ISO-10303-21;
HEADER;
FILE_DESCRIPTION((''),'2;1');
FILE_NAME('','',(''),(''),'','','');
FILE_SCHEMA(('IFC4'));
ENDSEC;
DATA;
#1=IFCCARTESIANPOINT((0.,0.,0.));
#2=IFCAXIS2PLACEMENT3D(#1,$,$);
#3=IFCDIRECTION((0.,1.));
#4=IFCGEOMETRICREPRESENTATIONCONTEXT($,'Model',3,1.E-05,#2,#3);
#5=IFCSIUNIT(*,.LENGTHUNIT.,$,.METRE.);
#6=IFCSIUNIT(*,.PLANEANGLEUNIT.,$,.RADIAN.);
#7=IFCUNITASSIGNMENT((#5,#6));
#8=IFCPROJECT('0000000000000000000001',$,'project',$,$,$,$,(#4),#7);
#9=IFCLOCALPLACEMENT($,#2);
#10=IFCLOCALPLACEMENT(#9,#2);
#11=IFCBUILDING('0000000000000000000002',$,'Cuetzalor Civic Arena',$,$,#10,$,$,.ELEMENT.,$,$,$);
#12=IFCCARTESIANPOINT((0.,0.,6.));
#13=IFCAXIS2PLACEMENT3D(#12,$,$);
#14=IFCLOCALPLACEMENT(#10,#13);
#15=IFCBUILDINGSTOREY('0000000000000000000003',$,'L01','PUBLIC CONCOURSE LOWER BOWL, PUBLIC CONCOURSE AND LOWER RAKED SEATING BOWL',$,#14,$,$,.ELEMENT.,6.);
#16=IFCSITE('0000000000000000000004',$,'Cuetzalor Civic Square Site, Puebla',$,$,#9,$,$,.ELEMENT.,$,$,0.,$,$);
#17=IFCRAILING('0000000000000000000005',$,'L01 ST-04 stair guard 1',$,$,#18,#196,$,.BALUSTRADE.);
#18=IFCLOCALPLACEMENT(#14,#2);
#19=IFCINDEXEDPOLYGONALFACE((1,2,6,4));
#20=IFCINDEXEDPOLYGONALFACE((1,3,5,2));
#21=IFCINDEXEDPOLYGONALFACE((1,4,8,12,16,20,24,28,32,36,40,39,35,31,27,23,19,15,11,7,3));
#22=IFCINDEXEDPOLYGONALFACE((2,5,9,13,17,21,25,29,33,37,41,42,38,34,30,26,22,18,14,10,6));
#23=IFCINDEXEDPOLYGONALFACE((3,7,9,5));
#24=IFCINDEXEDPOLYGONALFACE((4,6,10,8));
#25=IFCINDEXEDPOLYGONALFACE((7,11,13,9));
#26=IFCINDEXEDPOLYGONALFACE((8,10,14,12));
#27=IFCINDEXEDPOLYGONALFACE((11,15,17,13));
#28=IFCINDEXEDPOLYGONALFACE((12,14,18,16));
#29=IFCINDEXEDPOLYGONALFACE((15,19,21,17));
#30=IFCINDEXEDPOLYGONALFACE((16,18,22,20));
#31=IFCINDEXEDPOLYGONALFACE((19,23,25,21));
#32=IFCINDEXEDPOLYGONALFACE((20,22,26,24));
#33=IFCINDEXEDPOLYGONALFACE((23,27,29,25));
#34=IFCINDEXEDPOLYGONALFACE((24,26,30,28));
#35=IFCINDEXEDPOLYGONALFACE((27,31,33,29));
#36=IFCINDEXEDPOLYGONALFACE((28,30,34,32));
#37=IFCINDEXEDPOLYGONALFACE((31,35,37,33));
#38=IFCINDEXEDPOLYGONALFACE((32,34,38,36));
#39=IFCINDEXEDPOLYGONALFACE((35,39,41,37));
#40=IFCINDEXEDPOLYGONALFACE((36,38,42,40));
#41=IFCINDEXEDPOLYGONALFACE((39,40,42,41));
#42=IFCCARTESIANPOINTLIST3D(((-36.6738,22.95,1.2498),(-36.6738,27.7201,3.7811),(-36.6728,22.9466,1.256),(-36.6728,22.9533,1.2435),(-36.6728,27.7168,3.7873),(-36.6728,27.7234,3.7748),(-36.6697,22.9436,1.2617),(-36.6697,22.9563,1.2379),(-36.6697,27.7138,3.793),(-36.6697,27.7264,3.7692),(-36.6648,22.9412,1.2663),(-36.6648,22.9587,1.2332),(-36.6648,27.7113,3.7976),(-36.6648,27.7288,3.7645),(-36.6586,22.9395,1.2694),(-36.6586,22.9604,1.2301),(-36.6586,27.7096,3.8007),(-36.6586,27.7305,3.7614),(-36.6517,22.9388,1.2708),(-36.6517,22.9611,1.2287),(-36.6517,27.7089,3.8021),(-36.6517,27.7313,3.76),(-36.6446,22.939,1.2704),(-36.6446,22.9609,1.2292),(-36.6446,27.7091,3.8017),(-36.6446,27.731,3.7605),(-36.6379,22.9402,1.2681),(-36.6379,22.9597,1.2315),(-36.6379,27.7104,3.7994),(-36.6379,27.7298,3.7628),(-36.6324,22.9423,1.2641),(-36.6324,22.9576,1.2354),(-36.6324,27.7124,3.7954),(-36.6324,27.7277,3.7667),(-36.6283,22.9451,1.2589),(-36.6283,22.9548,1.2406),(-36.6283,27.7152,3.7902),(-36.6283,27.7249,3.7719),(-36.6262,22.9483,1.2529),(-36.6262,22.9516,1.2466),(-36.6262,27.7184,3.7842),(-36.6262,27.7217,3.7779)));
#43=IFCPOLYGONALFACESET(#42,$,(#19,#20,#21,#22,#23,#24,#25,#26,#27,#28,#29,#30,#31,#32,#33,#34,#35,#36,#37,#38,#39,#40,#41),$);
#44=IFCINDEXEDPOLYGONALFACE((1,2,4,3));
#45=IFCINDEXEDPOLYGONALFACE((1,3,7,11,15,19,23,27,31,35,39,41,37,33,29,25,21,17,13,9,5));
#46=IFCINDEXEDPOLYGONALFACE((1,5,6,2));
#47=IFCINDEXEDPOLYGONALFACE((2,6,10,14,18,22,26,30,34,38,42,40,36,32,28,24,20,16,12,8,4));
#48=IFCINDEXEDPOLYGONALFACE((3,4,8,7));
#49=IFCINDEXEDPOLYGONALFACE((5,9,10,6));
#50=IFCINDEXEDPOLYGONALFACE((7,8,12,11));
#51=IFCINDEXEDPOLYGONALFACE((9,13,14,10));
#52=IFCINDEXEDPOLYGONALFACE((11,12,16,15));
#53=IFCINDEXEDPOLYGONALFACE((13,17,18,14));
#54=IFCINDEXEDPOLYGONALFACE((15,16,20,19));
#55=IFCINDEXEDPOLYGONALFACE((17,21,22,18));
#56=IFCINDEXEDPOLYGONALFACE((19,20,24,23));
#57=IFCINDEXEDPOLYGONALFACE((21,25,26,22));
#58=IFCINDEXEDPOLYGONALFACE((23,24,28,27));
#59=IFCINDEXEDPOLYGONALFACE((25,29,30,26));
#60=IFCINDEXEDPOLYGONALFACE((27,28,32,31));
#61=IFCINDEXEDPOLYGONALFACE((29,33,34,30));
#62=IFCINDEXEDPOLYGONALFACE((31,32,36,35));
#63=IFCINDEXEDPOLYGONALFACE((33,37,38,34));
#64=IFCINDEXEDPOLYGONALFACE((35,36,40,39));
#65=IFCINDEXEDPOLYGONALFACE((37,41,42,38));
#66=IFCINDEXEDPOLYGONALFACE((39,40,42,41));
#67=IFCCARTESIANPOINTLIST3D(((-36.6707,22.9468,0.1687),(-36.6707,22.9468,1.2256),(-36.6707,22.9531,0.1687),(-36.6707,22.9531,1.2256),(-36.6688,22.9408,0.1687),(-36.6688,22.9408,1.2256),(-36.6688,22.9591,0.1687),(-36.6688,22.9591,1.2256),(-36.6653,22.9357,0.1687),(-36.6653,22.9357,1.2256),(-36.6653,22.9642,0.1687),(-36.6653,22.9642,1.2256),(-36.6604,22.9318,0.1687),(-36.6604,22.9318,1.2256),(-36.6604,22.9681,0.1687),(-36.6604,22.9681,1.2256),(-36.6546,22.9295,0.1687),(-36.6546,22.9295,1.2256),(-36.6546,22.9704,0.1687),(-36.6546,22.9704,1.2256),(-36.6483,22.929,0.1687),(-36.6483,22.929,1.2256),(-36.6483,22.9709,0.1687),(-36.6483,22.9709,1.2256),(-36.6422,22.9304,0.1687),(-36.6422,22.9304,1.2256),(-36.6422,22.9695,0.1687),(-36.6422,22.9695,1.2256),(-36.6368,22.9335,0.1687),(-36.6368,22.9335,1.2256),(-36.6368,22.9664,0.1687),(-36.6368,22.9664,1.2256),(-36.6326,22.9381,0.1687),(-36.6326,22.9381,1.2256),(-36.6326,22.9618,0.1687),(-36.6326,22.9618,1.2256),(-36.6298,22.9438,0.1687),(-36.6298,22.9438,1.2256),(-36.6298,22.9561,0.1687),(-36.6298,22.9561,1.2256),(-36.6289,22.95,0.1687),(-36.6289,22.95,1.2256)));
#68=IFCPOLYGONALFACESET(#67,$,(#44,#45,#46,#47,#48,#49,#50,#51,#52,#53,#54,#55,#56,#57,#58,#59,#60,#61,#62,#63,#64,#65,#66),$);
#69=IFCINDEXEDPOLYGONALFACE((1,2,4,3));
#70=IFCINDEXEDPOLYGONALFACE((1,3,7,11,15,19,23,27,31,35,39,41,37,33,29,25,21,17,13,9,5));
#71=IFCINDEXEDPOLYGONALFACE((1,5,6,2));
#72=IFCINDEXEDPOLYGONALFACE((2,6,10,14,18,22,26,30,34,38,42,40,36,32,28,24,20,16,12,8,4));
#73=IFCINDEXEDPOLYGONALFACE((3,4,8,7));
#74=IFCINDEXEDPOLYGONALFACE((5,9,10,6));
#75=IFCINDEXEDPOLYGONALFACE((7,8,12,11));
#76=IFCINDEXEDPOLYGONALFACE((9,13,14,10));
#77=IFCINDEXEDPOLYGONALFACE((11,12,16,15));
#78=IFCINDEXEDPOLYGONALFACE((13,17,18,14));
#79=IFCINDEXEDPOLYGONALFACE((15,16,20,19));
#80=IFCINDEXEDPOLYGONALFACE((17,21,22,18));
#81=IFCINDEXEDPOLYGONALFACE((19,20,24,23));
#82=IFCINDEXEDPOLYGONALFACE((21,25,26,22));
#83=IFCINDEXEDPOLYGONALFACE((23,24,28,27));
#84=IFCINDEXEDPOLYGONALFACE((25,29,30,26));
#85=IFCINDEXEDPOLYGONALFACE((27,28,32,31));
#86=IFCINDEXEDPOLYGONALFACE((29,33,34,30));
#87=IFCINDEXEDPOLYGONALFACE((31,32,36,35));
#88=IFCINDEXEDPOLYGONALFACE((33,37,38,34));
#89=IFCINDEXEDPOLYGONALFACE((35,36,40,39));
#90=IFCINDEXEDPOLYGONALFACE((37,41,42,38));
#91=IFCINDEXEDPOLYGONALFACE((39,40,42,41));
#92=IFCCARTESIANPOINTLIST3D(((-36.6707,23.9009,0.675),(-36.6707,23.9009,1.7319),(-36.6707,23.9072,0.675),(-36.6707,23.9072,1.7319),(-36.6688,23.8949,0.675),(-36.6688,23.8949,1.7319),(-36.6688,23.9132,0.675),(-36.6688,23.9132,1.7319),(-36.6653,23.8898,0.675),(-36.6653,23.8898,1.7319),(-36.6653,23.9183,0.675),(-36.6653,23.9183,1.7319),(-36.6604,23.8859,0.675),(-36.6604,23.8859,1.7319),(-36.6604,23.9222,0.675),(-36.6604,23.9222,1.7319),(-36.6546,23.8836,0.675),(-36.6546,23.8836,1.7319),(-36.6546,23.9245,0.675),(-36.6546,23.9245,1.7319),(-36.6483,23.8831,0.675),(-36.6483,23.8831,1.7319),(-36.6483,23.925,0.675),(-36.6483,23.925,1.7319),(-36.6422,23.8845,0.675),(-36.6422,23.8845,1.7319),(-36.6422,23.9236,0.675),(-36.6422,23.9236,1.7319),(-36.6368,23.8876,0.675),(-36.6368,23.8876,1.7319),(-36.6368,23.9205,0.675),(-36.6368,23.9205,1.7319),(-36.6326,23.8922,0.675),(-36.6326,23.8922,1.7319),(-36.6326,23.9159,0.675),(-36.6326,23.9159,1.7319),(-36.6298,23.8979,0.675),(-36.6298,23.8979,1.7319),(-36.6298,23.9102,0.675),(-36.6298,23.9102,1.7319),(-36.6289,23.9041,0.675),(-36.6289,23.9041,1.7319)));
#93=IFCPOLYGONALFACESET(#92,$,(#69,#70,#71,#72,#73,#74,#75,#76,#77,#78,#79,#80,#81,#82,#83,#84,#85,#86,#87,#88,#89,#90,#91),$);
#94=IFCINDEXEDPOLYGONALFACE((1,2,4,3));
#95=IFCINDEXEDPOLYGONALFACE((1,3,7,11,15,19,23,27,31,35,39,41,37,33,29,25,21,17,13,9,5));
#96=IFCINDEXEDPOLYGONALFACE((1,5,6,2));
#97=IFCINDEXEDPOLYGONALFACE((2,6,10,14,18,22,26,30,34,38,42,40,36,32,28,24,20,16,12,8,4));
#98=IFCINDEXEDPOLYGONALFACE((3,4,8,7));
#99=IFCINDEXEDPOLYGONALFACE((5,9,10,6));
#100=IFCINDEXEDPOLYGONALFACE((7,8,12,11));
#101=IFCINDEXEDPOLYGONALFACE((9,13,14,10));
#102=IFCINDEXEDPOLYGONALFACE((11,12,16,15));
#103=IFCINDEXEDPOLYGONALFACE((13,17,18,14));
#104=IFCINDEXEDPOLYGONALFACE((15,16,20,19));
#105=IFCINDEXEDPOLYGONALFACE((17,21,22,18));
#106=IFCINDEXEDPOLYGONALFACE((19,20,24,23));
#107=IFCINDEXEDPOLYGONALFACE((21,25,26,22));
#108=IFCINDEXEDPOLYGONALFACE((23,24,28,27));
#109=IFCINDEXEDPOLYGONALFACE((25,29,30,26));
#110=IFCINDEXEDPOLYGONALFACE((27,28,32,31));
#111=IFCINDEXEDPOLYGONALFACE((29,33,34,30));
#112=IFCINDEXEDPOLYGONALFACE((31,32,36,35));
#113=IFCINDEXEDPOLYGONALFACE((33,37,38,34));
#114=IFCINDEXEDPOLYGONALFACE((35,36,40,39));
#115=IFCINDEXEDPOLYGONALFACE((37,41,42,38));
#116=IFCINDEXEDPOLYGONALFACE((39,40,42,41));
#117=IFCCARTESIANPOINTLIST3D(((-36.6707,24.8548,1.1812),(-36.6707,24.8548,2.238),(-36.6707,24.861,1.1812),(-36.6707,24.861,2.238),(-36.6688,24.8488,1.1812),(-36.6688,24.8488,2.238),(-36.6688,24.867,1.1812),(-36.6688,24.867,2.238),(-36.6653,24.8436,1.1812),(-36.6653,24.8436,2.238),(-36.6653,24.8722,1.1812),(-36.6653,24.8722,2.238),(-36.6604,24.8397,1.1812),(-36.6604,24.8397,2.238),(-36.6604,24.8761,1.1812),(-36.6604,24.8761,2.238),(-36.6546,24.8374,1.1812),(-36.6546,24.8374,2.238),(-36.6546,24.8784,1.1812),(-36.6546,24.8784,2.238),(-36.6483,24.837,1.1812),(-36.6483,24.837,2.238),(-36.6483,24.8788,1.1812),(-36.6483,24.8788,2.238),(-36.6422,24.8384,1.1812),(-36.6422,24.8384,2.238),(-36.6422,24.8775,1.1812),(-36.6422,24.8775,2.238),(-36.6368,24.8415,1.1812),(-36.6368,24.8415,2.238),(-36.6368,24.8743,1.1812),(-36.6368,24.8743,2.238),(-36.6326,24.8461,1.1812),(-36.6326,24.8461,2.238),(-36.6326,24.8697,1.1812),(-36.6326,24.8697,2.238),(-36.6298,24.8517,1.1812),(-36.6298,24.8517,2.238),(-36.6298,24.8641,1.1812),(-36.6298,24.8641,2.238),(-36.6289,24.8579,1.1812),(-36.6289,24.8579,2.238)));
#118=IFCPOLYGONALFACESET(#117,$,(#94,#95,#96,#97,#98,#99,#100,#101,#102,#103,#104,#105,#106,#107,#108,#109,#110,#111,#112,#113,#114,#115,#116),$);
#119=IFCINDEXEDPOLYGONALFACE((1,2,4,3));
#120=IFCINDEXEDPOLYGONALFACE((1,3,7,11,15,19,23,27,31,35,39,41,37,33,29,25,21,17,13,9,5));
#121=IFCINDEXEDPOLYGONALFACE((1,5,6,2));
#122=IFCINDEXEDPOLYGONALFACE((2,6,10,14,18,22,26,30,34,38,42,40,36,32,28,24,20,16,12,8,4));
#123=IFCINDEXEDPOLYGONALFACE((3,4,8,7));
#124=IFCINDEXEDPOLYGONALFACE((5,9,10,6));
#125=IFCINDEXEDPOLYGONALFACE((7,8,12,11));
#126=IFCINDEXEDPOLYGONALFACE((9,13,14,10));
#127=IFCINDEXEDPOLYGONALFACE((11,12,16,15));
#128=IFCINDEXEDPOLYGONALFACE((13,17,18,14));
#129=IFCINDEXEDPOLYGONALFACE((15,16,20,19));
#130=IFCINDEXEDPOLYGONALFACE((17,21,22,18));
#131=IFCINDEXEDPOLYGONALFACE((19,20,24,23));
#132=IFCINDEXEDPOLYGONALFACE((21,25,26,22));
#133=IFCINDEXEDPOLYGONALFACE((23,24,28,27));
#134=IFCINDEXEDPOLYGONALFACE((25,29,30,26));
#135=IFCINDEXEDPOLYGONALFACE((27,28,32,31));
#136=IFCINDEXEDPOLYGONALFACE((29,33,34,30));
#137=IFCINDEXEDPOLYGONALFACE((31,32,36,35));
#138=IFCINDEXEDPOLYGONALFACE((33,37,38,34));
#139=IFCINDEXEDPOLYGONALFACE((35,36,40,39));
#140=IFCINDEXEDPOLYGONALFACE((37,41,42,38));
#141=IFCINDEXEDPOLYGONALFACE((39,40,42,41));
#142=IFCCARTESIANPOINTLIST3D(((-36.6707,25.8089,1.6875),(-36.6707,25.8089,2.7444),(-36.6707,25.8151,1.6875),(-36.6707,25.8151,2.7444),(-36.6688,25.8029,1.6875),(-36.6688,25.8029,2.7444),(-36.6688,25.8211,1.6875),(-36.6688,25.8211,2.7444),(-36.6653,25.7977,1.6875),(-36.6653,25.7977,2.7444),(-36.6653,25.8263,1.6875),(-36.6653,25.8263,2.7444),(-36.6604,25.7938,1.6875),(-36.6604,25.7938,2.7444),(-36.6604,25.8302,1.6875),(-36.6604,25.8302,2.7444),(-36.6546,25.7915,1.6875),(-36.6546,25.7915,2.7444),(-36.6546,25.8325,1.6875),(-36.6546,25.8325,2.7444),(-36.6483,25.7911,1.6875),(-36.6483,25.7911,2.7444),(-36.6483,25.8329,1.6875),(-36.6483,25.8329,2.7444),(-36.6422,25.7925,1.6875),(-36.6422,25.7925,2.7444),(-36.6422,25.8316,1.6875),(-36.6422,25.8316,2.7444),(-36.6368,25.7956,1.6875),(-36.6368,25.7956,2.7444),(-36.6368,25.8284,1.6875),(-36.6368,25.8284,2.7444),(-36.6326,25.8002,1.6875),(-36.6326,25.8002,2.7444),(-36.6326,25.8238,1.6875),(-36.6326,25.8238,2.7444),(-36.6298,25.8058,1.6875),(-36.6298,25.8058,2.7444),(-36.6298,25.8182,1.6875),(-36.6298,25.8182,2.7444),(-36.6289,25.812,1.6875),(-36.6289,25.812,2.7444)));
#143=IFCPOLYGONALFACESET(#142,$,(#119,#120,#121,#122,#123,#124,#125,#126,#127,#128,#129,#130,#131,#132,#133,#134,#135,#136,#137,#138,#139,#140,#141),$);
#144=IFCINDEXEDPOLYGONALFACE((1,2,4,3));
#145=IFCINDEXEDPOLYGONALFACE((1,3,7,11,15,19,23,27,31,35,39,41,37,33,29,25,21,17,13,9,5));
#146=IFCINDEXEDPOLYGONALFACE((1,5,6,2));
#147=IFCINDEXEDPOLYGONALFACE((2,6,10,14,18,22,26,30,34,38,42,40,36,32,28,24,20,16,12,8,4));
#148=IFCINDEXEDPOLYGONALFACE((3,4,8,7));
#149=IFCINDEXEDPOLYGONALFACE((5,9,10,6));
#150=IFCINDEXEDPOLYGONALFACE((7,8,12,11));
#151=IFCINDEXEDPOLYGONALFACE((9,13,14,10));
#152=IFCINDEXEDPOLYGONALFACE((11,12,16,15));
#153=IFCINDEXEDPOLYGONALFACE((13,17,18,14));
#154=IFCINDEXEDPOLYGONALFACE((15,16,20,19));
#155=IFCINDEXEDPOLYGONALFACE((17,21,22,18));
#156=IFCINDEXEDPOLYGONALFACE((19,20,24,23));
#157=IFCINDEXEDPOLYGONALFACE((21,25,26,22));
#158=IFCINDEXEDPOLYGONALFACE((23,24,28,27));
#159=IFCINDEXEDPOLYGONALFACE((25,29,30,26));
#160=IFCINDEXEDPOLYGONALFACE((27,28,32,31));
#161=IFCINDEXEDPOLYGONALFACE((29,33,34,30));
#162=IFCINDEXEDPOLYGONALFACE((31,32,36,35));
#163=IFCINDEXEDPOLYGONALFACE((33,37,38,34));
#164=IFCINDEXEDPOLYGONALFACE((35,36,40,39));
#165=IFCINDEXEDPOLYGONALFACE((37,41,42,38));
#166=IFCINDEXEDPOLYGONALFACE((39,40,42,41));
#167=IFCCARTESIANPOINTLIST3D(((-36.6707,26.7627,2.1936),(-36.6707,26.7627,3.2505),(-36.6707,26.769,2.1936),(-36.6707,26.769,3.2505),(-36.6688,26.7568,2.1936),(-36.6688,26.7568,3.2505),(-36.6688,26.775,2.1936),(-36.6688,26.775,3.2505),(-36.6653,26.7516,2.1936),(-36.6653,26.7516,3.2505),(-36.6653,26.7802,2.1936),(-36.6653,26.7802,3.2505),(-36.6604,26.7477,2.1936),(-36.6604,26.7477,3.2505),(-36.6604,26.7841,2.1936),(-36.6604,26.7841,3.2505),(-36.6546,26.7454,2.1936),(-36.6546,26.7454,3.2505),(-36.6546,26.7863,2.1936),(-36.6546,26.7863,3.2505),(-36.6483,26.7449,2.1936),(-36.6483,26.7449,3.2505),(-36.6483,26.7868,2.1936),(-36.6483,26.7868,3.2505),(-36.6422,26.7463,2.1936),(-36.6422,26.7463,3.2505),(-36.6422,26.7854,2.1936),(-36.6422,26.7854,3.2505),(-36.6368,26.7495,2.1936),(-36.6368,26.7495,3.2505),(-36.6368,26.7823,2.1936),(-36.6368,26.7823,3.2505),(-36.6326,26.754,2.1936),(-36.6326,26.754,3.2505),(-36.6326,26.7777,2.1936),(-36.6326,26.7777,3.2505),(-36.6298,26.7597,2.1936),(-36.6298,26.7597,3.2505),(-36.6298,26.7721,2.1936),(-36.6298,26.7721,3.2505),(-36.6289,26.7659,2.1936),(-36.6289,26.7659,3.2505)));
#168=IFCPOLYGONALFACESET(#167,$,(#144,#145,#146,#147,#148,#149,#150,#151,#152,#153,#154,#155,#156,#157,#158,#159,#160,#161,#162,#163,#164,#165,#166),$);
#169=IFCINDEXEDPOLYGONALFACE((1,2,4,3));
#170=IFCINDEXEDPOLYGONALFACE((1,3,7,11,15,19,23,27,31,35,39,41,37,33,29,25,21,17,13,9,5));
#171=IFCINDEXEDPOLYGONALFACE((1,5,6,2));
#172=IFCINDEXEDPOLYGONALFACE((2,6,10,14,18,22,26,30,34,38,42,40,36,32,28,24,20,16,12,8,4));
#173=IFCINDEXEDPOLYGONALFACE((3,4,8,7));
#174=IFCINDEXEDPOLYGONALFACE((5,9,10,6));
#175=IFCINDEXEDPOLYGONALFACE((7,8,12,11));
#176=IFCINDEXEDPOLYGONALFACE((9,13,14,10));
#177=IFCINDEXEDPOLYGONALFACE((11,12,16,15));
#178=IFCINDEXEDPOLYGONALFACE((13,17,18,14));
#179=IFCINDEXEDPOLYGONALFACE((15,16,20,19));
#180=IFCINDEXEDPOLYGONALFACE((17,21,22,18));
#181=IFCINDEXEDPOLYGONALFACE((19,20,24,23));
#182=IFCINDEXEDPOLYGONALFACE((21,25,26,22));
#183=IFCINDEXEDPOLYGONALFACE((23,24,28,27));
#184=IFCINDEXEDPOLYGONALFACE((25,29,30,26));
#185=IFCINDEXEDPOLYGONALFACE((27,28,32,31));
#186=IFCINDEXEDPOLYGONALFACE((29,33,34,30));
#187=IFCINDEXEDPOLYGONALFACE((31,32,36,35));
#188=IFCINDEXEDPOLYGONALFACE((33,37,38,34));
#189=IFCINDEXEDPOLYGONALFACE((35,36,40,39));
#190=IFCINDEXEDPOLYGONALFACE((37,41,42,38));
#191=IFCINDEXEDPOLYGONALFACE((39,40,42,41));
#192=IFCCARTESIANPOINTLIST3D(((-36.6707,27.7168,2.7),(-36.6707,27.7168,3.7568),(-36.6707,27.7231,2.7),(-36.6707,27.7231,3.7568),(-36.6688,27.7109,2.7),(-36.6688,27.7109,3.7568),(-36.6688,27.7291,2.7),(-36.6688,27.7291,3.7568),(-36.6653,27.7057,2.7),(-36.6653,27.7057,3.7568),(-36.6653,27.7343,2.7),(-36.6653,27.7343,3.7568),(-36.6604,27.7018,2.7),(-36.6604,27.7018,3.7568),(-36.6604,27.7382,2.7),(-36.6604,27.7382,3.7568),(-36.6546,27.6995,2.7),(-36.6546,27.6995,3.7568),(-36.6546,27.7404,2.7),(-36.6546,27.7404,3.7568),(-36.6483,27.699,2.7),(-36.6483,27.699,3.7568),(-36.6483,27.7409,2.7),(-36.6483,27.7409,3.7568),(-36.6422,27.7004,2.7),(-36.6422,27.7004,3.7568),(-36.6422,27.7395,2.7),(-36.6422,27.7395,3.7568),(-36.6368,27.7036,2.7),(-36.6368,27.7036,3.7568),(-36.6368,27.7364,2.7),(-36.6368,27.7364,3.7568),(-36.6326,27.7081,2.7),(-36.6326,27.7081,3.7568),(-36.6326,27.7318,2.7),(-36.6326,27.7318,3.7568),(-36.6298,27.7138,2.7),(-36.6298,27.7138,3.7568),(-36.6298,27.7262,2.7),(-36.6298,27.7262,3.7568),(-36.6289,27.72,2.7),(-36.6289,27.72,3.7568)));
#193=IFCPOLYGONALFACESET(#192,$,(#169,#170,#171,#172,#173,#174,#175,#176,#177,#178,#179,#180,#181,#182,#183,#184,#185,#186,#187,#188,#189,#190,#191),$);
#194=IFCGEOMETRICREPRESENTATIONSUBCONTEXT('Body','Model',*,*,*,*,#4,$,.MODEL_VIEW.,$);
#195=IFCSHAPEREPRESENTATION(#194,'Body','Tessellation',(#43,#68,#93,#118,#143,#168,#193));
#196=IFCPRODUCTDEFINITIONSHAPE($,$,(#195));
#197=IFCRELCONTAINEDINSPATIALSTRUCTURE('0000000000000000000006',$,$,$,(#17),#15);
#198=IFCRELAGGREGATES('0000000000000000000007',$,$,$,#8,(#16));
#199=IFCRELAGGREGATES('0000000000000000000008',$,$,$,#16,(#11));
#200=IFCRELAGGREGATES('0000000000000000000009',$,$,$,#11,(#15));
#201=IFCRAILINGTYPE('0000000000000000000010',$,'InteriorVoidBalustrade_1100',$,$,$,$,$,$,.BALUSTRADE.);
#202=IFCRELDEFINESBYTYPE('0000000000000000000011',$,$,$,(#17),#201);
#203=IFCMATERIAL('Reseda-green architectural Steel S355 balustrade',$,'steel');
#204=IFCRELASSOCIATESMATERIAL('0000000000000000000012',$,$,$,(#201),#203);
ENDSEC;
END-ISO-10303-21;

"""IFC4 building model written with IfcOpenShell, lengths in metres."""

from ifc_helpers import new_model, si_unit, direction, frame, origin, origin_2d, place, context, subcontext, project, spatial, circle, extrude, material, type_object, element, save


model = new_model("IFC4")

# Units and contexts
model_context = context("Model", 3, precision=1e-05, world=origin(), true_north=direction((0.0, 1.0)))
body_context = subcontext(model_context, "Body", "Model", "MODEL_VIEW")
ifc_project = project(units=[si_unit("LENGTHUNIT", "METRE"), si_unit("PLANEANGLEUNIT", "RADIAN")], contexts=[model_context])

# Site, building, storey
site_placement = place(None, origin())
site = spatial("IfcSite", under=ifc_project, at=site_placement, Name="Cuetzalor Civic Square Site, Puebla", CompositionType="ELEMENT", RefElevation=0.0)
building_placement = place(site_placement, origin())
building = spatial("IfcBuilding", under=site, at=building_placement, Name="Cuetzalor Civic Arena", CompositionType="ELEMENT")
storey_placement = place(building_placement, frame((0.0, 0.0, 6.0)))
storey = spatial("IfcBuildingStorey", under=building, at=storey_placement, Name="L01", Description="PUBLIC CONCOURSE LOWER BOWL, PUBLIC CONCOURSE AND LOWER RAKED SEATING BOWL", CompositionType="ELEMENT", Elevation=6.0)

# Railing
ifc_material_1 = material(Name="Reseda-green architectural Steel S355 balustrade", Category="steel")
railing_type_1 = type_object("IfcRailingType", Name="InteriorVoidBalustrade_1100", PredefinedType="BALUSTRADE", material=ifc_material_1)
railing_1_placement = place(storey_placement, frame((-36.6499, 22.95, 0.1687)))
element("IfcRailing", 1, at=railing_1_placement, inside=storey, type_object=railing_type_1, Name="L01 ST-04 stair guard 1", PredefinedType="BALUSTRADE", context=body_context, shape_type="SweptSolid", body=[
    extrude(circle(Radius=0.0239, at=origin_2d()), frame((0.0, 0.0, 1.0811), z_axis=(0.0, 0.883332, 0.468747), x_axis=(-1.0, 0.0, 0.0)), (0.0, 0.0, 1.0), 5.4001),
    extrude(circle(Radius=0.021, at=origin_2d()), origin(), (0.0, 0.0, 1.0), 1.0569),
    extrude(circle(Radius=0.021, at=origin_2d()), frame((0.0, 0.9541, 0.5063)), (0.0, 0.0, 1.0), 1.0569),
    extrude(circle(Radius=0.021, at=origin_2d()), frame((0.0, 1.908, 1.0125)), (0.0, 0.0, 1.0), 1.0569),
    extrude(circle(Radius=0.021, at=origin_2d()), frame((0.0, 2.8621, 1.5188)), (0.0, 0.0, 1.0), 1.0569),
    extrude(circle(Radius=0.021, at=origin_2d()), frame((0.0, 3.8159, 2.0249)), (0.0, 0.0, 1.0), 1.0569),
    extrude(circle(Radius=0.021, at=origin_2d()), frame((0.0, 4.77, 2.5312)), (0.0, 0.0, 1.0), 1.0569),
])

save(model, "model.ifc")
